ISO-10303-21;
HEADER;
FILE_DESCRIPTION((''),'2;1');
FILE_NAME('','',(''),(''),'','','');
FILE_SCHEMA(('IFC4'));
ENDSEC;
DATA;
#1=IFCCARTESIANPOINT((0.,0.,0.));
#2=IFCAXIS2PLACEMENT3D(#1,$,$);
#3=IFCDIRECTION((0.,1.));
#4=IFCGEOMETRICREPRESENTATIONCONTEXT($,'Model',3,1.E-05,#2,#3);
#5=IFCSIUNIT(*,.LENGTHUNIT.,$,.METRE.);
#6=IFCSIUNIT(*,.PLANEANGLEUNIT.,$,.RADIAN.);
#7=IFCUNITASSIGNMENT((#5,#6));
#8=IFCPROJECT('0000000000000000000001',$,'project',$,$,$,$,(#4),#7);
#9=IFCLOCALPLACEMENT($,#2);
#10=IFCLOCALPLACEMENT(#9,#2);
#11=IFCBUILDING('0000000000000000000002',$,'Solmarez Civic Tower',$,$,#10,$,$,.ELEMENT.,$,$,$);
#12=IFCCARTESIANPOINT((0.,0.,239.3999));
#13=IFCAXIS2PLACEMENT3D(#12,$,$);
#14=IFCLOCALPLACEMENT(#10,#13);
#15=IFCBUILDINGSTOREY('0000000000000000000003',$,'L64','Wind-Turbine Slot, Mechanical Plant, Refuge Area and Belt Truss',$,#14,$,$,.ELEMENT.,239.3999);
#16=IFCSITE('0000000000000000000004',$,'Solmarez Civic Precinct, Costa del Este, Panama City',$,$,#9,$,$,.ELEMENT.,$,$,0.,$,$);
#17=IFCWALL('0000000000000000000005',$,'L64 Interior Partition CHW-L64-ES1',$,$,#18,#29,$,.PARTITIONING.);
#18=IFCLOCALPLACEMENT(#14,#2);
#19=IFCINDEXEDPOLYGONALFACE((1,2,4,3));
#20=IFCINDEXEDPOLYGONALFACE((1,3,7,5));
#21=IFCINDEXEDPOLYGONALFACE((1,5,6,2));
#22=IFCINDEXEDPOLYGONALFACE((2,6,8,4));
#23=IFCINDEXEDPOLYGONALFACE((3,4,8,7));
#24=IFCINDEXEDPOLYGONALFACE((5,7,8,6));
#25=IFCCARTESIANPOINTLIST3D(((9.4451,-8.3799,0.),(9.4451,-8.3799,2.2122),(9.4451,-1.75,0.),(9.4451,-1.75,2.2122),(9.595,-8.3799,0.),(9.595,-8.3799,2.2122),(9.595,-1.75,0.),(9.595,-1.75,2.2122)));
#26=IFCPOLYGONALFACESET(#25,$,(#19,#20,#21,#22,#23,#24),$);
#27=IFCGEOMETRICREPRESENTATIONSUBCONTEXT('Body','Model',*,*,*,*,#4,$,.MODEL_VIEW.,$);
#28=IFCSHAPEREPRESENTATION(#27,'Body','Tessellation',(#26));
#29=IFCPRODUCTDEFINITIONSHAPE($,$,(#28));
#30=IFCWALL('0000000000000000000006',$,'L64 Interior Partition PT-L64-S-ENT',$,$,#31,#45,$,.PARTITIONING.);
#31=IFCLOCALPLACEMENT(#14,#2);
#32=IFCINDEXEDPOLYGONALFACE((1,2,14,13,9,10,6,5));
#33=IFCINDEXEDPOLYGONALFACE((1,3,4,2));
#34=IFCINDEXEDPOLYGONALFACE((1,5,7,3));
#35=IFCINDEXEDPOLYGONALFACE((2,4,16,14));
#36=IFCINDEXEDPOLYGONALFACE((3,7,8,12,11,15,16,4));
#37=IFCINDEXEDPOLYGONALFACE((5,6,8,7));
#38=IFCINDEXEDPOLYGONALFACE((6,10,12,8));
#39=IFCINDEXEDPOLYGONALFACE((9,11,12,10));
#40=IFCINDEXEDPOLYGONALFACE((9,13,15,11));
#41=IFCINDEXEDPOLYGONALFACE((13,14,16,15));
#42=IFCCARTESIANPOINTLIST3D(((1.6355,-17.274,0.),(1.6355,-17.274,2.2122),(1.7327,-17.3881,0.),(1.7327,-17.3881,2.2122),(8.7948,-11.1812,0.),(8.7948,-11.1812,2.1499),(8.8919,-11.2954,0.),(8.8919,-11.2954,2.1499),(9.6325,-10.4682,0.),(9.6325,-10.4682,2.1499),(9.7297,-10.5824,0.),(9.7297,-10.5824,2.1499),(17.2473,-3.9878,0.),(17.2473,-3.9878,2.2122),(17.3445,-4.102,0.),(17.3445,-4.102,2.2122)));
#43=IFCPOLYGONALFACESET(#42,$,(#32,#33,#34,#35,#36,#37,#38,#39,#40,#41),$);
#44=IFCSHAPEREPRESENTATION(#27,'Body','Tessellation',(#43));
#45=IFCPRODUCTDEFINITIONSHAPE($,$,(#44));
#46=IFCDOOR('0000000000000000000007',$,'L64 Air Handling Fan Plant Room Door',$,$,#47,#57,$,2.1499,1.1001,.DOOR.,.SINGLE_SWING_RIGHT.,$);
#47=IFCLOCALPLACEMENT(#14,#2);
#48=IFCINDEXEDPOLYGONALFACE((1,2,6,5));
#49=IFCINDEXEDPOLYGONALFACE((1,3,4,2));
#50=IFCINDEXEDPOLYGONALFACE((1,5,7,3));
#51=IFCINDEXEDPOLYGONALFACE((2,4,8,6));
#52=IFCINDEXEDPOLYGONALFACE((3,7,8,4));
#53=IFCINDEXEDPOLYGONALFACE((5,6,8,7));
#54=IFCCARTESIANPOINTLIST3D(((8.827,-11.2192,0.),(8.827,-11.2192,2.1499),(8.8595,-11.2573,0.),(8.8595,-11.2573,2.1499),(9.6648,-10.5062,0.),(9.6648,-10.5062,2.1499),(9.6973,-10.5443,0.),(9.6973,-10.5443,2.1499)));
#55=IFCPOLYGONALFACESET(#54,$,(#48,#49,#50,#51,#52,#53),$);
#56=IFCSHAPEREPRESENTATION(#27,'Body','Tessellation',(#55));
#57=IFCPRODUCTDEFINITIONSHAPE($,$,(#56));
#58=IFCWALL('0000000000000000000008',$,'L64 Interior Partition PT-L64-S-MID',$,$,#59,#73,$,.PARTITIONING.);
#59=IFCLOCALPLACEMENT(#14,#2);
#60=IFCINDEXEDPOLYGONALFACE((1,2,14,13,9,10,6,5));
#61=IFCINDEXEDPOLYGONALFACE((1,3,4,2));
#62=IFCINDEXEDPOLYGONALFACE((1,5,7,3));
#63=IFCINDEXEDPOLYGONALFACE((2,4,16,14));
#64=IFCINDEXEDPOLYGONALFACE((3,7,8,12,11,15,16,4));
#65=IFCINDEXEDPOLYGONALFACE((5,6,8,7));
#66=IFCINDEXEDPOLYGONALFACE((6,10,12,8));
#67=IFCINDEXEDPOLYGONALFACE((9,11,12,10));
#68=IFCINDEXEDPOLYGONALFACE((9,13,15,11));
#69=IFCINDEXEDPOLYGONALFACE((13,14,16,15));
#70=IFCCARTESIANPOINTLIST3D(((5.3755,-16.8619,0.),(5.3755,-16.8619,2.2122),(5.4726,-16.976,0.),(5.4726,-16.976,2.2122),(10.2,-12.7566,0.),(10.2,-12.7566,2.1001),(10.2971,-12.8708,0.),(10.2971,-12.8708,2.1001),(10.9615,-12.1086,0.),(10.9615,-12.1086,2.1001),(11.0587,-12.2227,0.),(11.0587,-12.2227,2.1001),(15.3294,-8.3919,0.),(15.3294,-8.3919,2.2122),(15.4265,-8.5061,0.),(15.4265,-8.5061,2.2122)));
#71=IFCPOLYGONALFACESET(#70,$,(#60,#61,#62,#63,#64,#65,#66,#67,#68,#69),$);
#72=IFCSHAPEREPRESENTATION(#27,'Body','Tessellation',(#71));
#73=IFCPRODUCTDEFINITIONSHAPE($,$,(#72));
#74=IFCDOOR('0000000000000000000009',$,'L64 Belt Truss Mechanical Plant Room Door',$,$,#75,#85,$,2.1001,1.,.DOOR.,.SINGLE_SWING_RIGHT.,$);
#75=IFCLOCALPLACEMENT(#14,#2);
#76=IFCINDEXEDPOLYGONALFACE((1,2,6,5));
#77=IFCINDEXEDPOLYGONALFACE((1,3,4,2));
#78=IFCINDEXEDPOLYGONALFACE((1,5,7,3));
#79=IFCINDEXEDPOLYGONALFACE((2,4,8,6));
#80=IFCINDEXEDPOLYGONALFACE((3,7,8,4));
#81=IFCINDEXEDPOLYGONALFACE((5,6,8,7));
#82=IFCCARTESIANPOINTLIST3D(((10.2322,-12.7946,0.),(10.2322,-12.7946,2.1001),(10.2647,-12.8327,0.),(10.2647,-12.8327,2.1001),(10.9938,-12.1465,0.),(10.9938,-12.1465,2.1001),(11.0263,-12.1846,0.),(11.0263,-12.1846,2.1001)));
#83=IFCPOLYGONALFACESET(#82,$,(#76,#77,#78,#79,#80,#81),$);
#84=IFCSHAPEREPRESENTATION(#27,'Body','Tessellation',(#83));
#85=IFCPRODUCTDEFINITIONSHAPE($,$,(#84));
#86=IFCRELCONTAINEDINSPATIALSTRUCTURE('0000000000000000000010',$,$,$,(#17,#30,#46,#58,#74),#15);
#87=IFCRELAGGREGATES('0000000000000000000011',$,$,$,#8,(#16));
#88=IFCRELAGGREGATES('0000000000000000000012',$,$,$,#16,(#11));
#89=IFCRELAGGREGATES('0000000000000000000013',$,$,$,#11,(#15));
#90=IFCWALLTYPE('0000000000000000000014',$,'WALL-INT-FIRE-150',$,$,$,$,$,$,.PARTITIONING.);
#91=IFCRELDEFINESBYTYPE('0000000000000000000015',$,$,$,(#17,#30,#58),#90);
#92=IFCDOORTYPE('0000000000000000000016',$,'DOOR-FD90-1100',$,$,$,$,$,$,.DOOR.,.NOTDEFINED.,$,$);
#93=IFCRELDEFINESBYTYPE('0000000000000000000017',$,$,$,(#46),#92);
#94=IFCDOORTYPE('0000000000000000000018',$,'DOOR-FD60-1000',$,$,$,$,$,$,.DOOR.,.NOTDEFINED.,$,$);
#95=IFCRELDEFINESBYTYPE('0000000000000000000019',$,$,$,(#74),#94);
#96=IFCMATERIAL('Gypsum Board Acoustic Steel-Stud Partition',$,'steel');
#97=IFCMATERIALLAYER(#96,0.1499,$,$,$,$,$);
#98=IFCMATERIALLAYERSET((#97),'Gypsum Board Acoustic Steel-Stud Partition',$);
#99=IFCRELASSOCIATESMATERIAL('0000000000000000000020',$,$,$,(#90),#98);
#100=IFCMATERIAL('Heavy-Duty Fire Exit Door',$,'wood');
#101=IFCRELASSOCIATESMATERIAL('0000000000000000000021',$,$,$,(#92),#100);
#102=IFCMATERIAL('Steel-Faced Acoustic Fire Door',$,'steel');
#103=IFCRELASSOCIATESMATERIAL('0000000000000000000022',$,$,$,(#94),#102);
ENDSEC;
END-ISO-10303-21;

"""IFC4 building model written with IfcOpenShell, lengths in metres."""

from ifc_helpers import new_model, si_unit, direction, frame, frame_2d, origin, place, context, subcontext, project, spatial, rectangle, extrude, material, layer, layer_set, type_object, element, fill, save


model = new_model("IFC4")

# Units and contexts
model_context = context("Model", 3, precision=1e-05, world=origin(), true_north=direction((0.0, 1.0)))
body_context = subcontext(model_context, "Body", "Model", "MODEL_VIEW")
ifc_project = project(units=[si_unit("LENGTHUNIT", "METRE"), si_unit("PLANEANGLEUNIT", "RADIAN")], contexts=[model_context])

# Site, building, storey
site_placement = place(None, origin())
site = spatial("IfcSite", under=ifc_project, at=site_placement, Name="Solmarez Civic Precinct, Costa del Este, Panama City", CompositionType="ELEMENT", RefElevation=0.0)
building_placement = place(site_placement, origin())
building = spatial("IfcBuilding", under=site, at=building_placement, Name="Solmarez Civic Tower", CompositionType="ELEMENT")
storey_placement = place(building_placement, frame((0.0, 0.0, 239.3999)))
storey = spatial("IfcBuildingStorey", under=building, at=storey_placement, Name="L64", Description="Wind-Turbine Slot, Mechanical Plant, Refuge Area and Belt Truss", CompositionType="ELEMENT", Elevation=239.3999)

# Wall
ifc_material_1 = material(Name="Gypsum Board Acoustic Steel-Stud Partition", Category="steel")
ifc_layer_1 = layer(ifc_material_1, 0.1499)
ifc_layer_set_1 = layer_set([ifc_layer_1], Name="Gypsum Board Acoustic Steel-Stud Partition")
wall_type_1 = type_object("IfcWallType", Name="WALL-INT-FIRE-150", PredefinedType="PARTITIONING", material=ifc_layer_set_1)
wall_1_placement = place(storey_placement, frame((9.52, -8.3799, 0.0), z_axis=(0.0, 0.0, 1.0), x_axis=(0.0, 1.0, 0.0)))
element("IfcWall", 1, at=wall_1_placement, inside=storey, type_object=wall_type_1, Name="L64 Interior Partition CHW-L64-ES1", PredefinedType="PARTITIONING", context=body_context, shape_type="SweptSolid", body=[
    extrude(rectangle(XDim=6.6299, YDim=0.1499, at=frame_2d((3.3149, 0.0))), origin(), (0.0, 0.0, 1.0), 2.2122),
])

# Walls, openings, doors
wall_2_placement = place(storey_placement, frame((17.2959, -4.0449, 0.0), z_axis=(0.0, 0.0, 1.0), x_axis=(-0.761552, -0.648104, 0.0)))
wall_2 = element("IfcWall", 2, at=wall_2_placement, inside=storey, type_object=wall_type_1, Name="L64 Interior Partition PT-L64-S-ENT", PredefinedType="PARTITIONING", context=body_context, shape_type="SweptSolid", body=[
    extrude(rectangle(XDim=20.5, YDim=0.1499, at=frame_2d((10.25, 0.0))), origin(), (0.0, 0.0, 1.0), 2.2122),
])
opening_1_placement = place(wall_2_placement, frame((9.999, 0.0, 0.0)))
opening_1 = element("IfcOpeningElement", 3, at=opening_1_placement, cuts=wall_2, PredefinedType="OPENING", context=body_context, shape_type="SweptSolid", body=[
    extrude(rectangle(XDim=1.1001, YDim=2.1499, at=frame_2d((0.55, 1.075))), frame((0.0, 0.085, 0.0), z_axis=(0.0, -1.0, 0.0), x_axis=(1.0, 0.0, 0.0)), (0.0, 0.0, 1.0), 0.1699),
])
ifc_material_2 = material(Name="Heavy-Duty Fire Exit Door", Category="wood")
door_type_1 = type_object("IfcDoorType", Name="DOOR-FD90-1100", OperationType="NOTDEFINED", PredefinedType="DOOR", material=ifc_material_2)
door_1_placement = place(opening_1_placement, origin())
door_1 = element("IfcDoor", 4, at=door_1_placement, inside=storey, type_object=door_type_1, Name="L64 Air Handling Fan Plant Room Door", OperationType="SINGLE_SWING_RIGHT", OverallHeight=2.1499, OverallWidth=1.1001, PredefinedType="DOOR", context=body_context, shape_type="SweptSolid", body=[
    extrude(rectangle(XDim=1.1001, YDim=2.1499, at=frame_2d((0.55, 1.075))), frame((0.0, 0.0249, 0.0), z_axis=(0.0, -1.0, 0.0), x_axis=(1.0, 0.0, 0.0)), (0.0, 0.0, 1.0), 0.05),
])
fill(opening_1, door_1)
wall_3_placement = place(storey_placement, frame((15.3779, -8.449, 0.0), z_axis=(0.0, 0.0, 1.0), x_axis=(-0.761592, -0.648057, 0.0)))
wall_3 = element("IfcWall", 5, at=wall_3_placement, inside=storey, type_object=wall_type_1, Name="L64 Interior Partition PT-L64-S-MID", PredefinedType="PARTITIONING", context=body_context, shape_type="SweptSolid", body=[
    extrude(rectangle(XDim=13.0698, YDim=0.1499, at=frame_2d((6.5349, 0.0))), origin(), (0.0, 0.0, 1.0), 2.2122),
])
opening_2_placement = place(wall_3_placement, frame((5.7351, 0.0, 0.0)))
opening_2 = element("IfcOpeningElement", 6, at=opening_2_placement, cuts=wall_3, PredefinedType="OPENING", context=body_context, shape_type="SweptSolid", body=[
    extrude(rectangle(XDim=1.0, YDim=2.1001, at=frame_2d((0.5, 1.05))), frame((0.0, 0.085, 0.0), z_axis=(0.0, -1.0, 0.0), x_axis=(1.0, 0.0, 0.0)), (0.0, 0.0, 1.0), 0.1699),
])
ifc_material_3 = material(Name="Steel-Faced Acoustic Fire Door", Category="steel")
door_type_2 = type_object("IfcDoorType", Name="DOOR-FD60-1000", OperationType="NOTDEFINED", PredefinedType="DOOR", material=ifc_material_3)
door_2_placement = place(opening_2_placement, origin())
door_2 = element("IfcDoor", 7, at=door_2_placement, inside=storey, type_object=door_type_2, Name="L64 Belt Truss Mechanical Plant Room Door", OperationType="SINGLE_SWING_RIGHT", OverallHeight=2.1001, OverallWidth=1.0, PredefinedType="DOOR", context=body_context, shape_type="SweptSolid", body=[
    extrude(rectangle(XDim=1.0, YDim=2.1001, at=frame_2d((0.5, 1.05))), frame((0.0, 0.0249, 0.0), z_axis=(0.0, -1.0, 0.0), x_axis=(1.0, 0.0, 0.0)), (0.0, 0.0, 1.0), 0.05),
])
fill(opening_2, door_2)

save(model, "model.ifc")
